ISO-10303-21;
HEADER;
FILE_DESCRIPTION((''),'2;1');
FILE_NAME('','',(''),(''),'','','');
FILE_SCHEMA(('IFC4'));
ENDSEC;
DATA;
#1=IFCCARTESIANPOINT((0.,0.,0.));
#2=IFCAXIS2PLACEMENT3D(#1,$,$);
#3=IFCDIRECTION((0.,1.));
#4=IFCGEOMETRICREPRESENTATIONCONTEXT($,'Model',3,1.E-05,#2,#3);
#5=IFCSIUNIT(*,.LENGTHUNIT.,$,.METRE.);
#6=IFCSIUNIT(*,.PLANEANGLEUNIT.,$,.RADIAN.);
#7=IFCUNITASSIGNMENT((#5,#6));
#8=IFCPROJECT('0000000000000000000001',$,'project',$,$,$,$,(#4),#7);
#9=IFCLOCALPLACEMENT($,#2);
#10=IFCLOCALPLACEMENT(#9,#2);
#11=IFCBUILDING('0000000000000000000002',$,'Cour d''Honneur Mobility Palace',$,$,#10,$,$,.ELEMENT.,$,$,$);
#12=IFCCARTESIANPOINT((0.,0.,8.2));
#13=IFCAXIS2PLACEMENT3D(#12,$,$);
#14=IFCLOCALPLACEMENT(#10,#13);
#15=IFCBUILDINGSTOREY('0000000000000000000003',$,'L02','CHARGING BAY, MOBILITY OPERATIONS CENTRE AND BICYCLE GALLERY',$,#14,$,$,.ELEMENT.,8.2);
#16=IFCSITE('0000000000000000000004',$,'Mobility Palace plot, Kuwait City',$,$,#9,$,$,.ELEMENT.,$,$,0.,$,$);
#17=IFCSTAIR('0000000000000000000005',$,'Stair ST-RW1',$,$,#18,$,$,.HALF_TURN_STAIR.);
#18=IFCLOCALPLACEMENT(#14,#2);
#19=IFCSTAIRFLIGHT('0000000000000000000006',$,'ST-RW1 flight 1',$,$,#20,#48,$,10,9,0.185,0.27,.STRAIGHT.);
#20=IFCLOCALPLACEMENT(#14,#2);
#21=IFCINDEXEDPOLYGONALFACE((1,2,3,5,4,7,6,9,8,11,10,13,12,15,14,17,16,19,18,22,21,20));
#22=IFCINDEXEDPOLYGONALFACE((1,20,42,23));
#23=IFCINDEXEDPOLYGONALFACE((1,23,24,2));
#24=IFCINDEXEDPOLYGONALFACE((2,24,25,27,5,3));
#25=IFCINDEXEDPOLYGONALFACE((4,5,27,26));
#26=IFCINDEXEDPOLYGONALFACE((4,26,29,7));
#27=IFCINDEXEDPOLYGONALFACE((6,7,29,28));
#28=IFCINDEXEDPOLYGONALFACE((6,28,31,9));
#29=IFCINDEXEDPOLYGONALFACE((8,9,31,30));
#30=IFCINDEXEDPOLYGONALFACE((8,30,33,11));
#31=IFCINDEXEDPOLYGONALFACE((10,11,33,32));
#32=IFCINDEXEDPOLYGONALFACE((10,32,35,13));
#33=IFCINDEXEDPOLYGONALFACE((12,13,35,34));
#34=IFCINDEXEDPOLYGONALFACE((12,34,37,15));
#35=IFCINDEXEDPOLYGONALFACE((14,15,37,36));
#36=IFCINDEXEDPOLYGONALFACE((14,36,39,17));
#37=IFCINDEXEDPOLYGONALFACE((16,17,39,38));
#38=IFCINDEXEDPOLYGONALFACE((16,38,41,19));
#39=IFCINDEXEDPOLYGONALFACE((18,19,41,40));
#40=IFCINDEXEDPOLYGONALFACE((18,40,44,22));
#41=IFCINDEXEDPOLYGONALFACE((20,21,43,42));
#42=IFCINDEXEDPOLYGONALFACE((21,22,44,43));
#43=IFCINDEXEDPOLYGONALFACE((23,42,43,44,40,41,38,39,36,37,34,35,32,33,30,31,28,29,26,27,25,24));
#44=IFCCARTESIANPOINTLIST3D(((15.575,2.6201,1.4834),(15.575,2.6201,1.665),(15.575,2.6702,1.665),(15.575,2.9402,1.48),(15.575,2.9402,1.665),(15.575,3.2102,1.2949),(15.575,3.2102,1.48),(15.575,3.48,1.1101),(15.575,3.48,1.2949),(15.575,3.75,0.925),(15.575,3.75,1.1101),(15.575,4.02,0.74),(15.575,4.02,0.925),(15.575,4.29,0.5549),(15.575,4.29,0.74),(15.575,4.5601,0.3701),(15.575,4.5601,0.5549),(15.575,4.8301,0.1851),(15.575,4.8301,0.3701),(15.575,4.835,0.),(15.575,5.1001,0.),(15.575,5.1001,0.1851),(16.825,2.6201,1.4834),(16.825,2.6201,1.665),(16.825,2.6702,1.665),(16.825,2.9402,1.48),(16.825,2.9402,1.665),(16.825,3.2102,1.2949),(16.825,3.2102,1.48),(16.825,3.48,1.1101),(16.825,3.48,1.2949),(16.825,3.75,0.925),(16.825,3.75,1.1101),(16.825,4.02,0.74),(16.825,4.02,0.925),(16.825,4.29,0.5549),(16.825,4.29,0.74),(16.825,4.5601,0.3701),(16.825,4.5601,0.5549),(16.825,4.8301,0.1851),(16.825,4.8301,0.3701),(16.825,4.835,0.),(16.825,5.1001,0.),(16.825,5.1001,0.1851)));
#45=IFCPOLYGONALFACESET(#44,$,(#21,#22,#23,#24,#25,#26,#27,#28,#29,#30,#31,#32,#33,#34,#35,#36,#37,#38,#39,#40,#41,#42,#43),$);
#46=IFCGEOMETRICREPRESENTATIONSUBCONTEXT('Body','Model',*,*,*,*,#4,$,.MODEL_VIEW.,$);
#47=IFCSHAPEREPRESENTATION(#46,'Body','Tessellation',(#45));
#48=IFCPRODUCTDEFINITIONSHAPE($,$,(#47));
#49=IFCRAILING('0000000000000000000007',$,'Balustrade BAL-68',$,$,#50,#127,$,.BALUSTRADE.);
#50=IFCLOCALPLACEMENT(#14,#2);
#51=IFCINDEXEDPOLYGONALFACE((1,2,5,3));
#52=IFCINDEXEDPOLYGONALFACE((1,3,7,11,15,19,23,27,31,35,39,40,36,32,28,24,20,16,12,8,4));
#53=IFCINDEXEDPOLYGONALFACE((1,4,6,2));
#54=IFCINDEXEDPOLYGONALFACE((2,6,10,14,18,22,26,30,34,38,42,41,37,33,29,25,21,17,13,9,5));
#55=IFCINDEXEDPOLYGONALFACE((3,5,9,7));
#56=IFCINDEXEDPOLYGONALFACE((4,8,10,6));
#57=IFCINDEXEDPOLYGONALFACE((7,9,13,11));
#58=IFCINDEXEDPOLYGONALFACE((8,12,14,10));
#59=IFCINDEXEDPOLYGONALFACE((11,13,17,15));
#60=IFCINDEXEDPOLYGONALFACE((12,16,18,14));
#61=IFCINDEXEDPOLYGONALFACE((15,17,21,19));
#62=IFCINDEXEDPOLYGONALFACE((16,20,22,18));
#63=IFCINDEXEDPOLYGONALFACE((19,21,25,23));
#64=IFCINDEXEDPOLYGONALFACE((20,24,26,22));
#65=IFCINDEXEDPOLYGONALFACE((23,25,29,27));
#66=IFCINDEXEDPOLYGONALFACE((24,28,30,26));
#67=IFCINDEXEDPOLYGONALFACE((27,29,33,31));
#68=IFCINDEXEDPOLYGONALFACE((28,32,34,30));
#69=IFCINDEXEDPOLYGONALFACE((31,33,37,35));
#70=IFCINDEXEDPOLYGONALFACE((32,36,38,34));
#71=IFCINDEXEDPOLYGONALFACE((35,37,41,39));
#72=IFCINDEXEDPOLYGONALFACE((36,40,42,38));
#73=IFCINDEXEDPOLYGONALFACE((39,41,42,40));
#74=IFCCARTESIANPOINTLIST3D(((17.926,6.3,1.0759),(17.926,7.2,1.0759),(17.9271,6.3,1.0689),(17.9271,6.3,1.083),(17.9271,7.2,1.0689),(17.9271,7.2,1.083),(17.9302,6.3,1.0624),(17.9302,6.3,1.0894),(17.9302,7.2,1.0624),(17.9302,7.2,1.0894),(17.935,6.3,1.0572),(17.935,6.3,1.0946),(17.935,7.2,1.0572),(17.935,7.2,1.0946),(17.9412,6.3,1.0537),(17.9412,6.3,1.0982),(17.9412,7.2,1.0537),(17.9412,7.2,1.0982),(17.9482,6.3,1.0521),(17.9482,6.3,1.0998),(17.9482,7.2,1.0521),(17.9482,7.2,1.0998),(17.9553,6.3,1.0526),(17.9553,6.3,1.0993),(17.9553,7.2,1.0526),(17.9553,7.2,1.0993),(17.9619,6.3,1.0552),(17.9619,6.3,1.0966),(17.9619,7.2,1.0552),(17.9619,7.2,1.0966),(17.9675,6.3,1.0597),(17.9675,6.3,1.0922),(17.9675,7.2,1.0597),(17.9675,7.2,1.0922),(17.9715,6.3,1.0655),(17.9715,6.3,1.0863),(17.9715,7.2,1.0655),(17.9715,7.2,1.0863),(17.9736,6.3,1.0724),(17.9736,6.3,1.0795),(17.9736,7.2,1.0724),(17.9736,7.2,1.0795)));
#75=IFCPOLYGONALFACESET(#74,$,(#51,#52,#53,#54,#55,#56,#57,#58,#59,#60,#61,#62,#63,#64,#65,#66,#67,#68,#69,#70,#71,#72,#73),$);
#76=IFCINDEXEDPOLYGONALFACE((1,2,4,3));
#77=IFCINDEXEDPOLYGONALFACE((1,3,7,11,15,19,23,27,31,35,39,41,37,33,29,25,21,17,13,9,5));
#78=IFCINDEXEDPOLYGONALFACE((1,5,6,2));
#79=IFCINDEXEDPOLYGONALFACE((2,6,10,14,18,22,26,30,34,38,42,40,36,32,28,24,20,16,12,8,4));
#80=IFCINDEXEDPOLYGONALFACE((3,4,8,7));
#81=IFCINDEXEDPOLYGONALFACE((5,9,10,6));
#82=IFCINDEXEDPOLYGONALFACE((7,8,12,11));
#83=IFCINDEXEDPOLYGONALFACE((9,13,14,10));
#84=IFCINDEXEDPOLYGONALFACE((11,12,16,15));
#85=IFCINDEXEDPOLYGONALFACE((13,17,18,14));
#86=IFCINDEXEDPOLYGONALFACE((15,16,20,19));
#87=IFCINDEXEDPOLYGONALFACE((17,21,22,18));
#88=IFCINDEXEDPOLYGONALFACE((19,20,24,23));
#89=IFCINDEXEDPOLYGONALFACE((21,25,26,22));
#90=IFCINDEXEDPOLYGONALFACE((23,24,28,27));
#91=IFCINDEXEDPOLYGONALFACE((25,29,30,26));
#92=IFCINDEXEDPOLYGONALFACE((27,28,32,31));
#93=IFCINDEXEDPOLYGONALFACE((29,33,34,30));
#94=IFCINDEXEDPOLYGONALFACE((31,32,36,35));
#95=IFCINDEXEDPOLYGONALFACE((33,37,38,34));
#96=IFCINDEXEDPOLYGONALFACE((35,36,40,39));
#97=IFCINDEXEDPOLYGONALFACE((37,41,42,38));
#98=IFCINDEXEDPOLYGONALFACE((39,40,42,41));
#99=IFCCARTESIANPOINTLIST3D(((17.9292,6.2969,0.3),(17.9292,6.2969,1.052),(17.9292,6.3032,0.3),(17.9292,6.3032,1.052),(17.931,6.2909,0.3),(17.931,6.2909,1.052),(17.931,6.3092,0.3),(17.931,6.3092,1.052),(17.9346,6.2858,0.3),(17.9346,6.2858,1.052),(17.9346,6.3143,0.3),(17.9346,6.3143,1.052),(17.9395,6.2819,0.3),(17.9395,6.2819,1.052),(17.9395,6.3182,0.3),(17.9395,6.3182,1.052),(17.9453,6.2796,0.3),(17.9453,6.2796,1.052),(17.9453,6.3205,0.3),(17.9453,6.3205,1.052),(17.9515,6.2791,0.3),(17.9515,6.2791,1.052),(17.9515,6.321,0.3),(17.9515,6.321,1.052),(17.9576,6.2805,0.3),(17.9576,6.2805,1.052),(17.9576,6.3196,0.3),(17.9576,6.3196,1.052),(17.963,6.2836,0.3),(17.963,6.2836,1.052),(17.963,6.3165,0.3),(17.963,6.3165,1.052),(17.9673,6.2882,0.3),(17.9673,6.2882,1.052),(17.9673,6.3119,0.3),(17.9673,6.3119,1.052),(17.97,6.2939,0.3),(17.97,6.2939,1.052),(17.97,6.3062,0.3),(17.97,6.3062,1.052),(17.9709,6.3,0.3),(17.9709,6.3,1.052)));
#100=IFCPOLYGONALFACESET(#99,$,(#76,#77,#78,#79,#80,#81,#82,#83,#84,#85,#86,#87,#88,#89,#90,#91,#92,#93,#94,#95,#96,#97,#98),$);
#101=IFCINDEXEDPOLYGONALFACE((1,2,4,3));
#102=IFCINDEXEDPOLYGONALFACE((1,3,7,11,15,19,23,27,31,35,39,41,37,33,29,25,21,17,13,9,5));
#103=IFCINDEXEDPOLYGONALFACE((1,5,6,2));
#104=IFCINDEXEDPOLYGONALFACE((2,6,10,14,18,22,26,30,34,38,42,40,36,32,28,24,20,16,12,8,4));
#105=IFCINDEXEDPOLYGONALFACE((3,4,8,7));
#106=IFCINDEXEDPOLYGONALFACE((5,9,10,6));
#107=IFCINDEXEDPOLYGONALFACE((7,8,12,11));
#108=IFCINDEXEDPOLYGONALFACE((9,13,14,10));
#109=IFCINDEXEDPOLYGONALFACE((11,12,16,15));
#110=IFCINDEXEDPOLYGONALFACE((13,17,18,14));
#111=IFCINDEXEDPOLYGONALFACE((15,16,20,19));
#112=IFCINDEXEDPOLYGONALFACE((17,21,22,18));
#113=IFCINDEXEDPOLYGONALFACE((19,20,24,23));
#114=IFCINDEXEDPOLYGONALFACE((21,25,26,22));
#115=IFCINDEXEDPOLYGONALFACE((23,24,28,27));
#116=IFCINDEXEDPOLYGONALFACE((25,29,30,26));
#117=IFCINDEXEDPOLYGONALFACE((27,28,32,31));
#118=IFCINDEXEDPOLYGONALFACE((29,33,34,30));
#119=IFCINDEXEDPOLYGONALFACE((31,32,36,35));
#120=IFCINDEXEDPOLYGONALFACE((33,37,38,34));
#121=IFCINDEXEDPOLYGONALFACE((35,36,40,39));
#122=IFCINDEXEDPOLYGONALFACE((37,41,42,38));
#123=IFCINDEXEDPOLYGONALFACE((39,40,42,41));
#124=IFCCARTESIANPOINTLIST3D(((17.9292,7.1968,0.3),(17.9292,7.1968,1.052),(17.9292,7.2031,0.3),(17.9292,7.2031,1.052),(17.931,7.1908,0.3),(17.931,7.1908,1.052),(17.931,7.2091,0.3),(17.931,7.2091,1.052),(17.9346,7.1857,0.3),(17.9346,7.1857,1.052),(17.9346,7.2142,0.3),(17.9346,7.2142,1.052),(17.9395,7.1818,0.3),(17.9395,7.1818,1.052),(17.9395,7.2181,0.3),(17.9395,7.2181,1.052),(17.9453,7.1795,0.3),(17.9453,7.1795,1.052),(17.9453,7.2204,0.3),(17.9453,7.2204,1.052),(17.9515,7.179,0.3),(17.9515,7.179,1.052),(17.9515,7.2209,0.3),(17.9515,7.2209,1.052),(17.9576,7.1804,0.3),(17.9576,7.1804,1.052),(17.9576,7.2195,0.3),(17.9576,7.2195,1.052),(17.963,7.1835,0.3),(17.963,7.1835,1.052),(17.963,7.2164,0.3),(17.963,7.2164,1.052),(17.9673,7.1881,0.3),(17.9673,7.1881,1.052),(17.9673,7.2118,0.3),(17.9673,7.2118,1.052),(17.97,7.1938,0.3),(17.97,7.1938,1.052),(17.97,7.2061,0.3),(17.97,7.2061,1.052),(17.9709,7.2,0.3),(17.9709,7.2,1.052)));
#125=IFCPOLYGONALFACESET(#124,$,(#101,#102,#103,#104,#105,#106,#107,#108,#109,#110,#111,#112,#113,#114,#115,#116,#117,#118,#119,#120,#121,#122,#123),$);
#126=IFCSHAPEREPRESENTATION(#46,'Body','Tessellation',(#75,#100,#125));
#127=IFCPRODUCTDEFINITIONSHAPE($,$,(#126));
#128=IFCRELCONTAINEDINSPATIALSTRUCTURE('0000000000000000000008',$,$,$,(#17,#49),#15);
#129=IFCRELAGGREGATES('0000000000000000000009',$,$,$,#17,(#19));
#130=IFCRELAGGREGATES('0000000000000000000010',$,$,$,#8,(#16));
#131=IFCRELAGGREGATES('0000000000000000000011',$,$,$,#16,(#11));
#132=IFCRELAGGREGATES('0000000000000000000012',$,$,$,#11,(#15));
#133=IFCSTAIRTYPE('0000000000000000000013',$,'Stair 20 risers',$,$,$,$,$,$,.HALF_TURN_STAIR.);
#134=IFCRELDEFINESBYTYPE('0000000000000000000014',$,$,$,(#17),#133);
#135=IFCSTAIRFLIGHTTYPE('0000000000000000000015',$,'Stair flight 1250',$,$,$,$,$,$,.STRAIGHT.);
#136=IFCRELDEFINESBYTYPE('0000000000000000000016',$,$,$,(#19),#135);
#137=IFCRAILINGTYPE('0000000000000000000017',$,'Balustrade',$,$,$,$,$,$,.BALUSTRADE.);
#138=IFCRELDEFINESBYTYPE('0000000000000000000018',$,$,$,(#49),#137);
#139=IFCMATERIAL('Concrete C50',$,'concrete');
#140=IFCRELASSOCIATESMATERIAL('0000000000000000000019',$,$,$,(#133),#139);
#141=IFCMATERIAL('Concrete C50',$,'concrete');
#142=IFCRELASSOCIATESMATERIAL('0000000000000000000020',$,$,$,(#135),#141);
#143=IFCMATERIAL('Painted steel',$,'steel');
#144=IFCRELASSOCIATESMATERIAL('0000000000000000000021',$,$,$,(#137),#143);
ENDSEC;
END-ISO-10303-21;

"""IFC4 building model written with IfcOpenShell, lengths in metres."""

from ifc_helpers import new_model, si_unit, direction, frame, origin, origin_2d, place, context, subcontext, project, spatial, polyline, circle, outline, extrude, material, type_object, element, aggregate, save


model = new_model("IFC4")

# Units and contexts
model_context = context("Model", 3, precision=1e-05, world=origin(), true_north=direction((0.0, 1.0)))
body_context = subcontext(model_context, "Body", "Model", "MODEL_VIEW")
ifc_project = project(units=[si_unit("LENGTHUNIT", "METRE"), si_unit("PLANEANGLEUNIT", "RADIAN")], contexts=[model_context])

# Site, building, storey
site_placement = place(None, origin())
site = spatial("IfcSite", under=ifc_project, at=site_placement, Name="Mobility Palace plot, Kuwait City", CompositionType="ELEMENT", RefElevation=0.0)
building_placement = place(site_placement, origin())
building = spatial("IfcBuilding", under=site, at=building_placement, Name="Cour d'Honneur Mobility Palace", CompositionType="ELEMENT")
storey_placement = place(building_placement, frame((0.0, 0.0, 8.2)))
storey = spatial("IfcBuildingStorey", under=building, at=storey_placement, Name="L02", Description="CHARGING BAY, MOBILITY OPERATIONS CENTRE AND BICYCLE GALLERY", CompositionType="ELEMENT", Elevation=8.2)

# Stair, stair flight
ifc_material_1 = material(Name="Concrete C50", Category="concrete")
stair_type = type_object("IfcStairType", Name="Stair 20 risers", PredefinedType="HALF_TURN_STAIR", material=ifc_material_1)
stair_placement = place(storey_placement, origin())
stair = element("IfcStair", 1, at=stair_placement, inside=storey, type_object=stair_type, Name="Stair ST-RW1", PredefinedType="HALF_TURN_STAIR")
ifc_material_2 = material(Name="Concrete C50", Category="concrete")
stair_flight_type = type_object("IfcStairFlightType", Name="Stair flight 1250", PredefinedType="STRAIGHT", material=ifc_material_2)
stair_flight_placement = place(storey_placement, frame((16.2, 5.1001, 0.0), z_axis=(0.0, 0.0, 1.0), x_axis=(0.0, -1.0, 0.0)))
stair_flight = element("IfcStairFlight", 2, at=stair_flight_placement, type_object=stair_flight_type, Name="ST-RW1 flight 1", NumberOfRisers=10, NumberOfTreads=9, PredefinedType="STRAIGHT", RiserHeight=0.185, TreadLength=0.27, context=body_context, shape_type="SweptSolid", body=[
    extrude(outline(polyline([(0.0, 0.0), (0.0, 0.1851), (0.27, 0.1851), (0.27, 0.3701), (0.54, 0.3701), (0.54, 0.5549), (0.8101, 0.5549), (0.8101, 0.74), (1.0801, 0.74), (1.0801, 0.925), (1.3501, 0.925), (1.3501, 1.1101), (1.6201, 1.1101), (1.6201, 1.2949), (1.8899, 1.2949), (1.8899, 1.48), (2.1599, 1.48), (2.1599, 1.665), (2.4299, 1.665), (2.48, 1.665), (2.48, 1.4834), (0.2651, 0.0), (0.0, 0.0)])), frame((0.0, 0.625, 0.0), z_axis=(0.0, -1.0, 0.0), x_axis=(1.0, 0.0, 0.0)), (0.0, 0.0, 1.0), 1.25),
])
aggregate(stair, [stair_flight])

# Railing
ifc_material_3 = material(Name="Painted steel", Category="steel")
railing_type_1 = type_object("IfcRailingType", Name="Balustrade", PredefinedType="BALUSTRADE", material=ifc_material_3)
railing_1_placement = place(storey_placement, frame((17.95, 6.3, 0.3)))
element("IfcRailing", 3, at=railing_1_placement, inside=storey, type_object=railing_type_1, Name="Balustrade BAL-68", PredefinedType="BALUSTRADE", context=body_context, shape_type="SweptSolid", body=[
    extrude(circle(Radius=0.0239, at=origin_2d()), frame((0.0, 0.0, 0.7759), z_axis=(0.0, 1.0, 0.0), x_axis=(-1.0, 0.0, 0.0)), (0.0, 0.0, 1.0), 0.8999),
    extrude(circle(Radius=0.021, at=origin_2d()), origin(), (0.0, 0.0, 1.0), 0.752),
    extrude(circle(Radius=0.021, at=origin_2d()), frame((0.0, 0.8999, 0.0)), (0.0, 0.0, 1.0), 0.752),
])

save(model, "model.ifc")
